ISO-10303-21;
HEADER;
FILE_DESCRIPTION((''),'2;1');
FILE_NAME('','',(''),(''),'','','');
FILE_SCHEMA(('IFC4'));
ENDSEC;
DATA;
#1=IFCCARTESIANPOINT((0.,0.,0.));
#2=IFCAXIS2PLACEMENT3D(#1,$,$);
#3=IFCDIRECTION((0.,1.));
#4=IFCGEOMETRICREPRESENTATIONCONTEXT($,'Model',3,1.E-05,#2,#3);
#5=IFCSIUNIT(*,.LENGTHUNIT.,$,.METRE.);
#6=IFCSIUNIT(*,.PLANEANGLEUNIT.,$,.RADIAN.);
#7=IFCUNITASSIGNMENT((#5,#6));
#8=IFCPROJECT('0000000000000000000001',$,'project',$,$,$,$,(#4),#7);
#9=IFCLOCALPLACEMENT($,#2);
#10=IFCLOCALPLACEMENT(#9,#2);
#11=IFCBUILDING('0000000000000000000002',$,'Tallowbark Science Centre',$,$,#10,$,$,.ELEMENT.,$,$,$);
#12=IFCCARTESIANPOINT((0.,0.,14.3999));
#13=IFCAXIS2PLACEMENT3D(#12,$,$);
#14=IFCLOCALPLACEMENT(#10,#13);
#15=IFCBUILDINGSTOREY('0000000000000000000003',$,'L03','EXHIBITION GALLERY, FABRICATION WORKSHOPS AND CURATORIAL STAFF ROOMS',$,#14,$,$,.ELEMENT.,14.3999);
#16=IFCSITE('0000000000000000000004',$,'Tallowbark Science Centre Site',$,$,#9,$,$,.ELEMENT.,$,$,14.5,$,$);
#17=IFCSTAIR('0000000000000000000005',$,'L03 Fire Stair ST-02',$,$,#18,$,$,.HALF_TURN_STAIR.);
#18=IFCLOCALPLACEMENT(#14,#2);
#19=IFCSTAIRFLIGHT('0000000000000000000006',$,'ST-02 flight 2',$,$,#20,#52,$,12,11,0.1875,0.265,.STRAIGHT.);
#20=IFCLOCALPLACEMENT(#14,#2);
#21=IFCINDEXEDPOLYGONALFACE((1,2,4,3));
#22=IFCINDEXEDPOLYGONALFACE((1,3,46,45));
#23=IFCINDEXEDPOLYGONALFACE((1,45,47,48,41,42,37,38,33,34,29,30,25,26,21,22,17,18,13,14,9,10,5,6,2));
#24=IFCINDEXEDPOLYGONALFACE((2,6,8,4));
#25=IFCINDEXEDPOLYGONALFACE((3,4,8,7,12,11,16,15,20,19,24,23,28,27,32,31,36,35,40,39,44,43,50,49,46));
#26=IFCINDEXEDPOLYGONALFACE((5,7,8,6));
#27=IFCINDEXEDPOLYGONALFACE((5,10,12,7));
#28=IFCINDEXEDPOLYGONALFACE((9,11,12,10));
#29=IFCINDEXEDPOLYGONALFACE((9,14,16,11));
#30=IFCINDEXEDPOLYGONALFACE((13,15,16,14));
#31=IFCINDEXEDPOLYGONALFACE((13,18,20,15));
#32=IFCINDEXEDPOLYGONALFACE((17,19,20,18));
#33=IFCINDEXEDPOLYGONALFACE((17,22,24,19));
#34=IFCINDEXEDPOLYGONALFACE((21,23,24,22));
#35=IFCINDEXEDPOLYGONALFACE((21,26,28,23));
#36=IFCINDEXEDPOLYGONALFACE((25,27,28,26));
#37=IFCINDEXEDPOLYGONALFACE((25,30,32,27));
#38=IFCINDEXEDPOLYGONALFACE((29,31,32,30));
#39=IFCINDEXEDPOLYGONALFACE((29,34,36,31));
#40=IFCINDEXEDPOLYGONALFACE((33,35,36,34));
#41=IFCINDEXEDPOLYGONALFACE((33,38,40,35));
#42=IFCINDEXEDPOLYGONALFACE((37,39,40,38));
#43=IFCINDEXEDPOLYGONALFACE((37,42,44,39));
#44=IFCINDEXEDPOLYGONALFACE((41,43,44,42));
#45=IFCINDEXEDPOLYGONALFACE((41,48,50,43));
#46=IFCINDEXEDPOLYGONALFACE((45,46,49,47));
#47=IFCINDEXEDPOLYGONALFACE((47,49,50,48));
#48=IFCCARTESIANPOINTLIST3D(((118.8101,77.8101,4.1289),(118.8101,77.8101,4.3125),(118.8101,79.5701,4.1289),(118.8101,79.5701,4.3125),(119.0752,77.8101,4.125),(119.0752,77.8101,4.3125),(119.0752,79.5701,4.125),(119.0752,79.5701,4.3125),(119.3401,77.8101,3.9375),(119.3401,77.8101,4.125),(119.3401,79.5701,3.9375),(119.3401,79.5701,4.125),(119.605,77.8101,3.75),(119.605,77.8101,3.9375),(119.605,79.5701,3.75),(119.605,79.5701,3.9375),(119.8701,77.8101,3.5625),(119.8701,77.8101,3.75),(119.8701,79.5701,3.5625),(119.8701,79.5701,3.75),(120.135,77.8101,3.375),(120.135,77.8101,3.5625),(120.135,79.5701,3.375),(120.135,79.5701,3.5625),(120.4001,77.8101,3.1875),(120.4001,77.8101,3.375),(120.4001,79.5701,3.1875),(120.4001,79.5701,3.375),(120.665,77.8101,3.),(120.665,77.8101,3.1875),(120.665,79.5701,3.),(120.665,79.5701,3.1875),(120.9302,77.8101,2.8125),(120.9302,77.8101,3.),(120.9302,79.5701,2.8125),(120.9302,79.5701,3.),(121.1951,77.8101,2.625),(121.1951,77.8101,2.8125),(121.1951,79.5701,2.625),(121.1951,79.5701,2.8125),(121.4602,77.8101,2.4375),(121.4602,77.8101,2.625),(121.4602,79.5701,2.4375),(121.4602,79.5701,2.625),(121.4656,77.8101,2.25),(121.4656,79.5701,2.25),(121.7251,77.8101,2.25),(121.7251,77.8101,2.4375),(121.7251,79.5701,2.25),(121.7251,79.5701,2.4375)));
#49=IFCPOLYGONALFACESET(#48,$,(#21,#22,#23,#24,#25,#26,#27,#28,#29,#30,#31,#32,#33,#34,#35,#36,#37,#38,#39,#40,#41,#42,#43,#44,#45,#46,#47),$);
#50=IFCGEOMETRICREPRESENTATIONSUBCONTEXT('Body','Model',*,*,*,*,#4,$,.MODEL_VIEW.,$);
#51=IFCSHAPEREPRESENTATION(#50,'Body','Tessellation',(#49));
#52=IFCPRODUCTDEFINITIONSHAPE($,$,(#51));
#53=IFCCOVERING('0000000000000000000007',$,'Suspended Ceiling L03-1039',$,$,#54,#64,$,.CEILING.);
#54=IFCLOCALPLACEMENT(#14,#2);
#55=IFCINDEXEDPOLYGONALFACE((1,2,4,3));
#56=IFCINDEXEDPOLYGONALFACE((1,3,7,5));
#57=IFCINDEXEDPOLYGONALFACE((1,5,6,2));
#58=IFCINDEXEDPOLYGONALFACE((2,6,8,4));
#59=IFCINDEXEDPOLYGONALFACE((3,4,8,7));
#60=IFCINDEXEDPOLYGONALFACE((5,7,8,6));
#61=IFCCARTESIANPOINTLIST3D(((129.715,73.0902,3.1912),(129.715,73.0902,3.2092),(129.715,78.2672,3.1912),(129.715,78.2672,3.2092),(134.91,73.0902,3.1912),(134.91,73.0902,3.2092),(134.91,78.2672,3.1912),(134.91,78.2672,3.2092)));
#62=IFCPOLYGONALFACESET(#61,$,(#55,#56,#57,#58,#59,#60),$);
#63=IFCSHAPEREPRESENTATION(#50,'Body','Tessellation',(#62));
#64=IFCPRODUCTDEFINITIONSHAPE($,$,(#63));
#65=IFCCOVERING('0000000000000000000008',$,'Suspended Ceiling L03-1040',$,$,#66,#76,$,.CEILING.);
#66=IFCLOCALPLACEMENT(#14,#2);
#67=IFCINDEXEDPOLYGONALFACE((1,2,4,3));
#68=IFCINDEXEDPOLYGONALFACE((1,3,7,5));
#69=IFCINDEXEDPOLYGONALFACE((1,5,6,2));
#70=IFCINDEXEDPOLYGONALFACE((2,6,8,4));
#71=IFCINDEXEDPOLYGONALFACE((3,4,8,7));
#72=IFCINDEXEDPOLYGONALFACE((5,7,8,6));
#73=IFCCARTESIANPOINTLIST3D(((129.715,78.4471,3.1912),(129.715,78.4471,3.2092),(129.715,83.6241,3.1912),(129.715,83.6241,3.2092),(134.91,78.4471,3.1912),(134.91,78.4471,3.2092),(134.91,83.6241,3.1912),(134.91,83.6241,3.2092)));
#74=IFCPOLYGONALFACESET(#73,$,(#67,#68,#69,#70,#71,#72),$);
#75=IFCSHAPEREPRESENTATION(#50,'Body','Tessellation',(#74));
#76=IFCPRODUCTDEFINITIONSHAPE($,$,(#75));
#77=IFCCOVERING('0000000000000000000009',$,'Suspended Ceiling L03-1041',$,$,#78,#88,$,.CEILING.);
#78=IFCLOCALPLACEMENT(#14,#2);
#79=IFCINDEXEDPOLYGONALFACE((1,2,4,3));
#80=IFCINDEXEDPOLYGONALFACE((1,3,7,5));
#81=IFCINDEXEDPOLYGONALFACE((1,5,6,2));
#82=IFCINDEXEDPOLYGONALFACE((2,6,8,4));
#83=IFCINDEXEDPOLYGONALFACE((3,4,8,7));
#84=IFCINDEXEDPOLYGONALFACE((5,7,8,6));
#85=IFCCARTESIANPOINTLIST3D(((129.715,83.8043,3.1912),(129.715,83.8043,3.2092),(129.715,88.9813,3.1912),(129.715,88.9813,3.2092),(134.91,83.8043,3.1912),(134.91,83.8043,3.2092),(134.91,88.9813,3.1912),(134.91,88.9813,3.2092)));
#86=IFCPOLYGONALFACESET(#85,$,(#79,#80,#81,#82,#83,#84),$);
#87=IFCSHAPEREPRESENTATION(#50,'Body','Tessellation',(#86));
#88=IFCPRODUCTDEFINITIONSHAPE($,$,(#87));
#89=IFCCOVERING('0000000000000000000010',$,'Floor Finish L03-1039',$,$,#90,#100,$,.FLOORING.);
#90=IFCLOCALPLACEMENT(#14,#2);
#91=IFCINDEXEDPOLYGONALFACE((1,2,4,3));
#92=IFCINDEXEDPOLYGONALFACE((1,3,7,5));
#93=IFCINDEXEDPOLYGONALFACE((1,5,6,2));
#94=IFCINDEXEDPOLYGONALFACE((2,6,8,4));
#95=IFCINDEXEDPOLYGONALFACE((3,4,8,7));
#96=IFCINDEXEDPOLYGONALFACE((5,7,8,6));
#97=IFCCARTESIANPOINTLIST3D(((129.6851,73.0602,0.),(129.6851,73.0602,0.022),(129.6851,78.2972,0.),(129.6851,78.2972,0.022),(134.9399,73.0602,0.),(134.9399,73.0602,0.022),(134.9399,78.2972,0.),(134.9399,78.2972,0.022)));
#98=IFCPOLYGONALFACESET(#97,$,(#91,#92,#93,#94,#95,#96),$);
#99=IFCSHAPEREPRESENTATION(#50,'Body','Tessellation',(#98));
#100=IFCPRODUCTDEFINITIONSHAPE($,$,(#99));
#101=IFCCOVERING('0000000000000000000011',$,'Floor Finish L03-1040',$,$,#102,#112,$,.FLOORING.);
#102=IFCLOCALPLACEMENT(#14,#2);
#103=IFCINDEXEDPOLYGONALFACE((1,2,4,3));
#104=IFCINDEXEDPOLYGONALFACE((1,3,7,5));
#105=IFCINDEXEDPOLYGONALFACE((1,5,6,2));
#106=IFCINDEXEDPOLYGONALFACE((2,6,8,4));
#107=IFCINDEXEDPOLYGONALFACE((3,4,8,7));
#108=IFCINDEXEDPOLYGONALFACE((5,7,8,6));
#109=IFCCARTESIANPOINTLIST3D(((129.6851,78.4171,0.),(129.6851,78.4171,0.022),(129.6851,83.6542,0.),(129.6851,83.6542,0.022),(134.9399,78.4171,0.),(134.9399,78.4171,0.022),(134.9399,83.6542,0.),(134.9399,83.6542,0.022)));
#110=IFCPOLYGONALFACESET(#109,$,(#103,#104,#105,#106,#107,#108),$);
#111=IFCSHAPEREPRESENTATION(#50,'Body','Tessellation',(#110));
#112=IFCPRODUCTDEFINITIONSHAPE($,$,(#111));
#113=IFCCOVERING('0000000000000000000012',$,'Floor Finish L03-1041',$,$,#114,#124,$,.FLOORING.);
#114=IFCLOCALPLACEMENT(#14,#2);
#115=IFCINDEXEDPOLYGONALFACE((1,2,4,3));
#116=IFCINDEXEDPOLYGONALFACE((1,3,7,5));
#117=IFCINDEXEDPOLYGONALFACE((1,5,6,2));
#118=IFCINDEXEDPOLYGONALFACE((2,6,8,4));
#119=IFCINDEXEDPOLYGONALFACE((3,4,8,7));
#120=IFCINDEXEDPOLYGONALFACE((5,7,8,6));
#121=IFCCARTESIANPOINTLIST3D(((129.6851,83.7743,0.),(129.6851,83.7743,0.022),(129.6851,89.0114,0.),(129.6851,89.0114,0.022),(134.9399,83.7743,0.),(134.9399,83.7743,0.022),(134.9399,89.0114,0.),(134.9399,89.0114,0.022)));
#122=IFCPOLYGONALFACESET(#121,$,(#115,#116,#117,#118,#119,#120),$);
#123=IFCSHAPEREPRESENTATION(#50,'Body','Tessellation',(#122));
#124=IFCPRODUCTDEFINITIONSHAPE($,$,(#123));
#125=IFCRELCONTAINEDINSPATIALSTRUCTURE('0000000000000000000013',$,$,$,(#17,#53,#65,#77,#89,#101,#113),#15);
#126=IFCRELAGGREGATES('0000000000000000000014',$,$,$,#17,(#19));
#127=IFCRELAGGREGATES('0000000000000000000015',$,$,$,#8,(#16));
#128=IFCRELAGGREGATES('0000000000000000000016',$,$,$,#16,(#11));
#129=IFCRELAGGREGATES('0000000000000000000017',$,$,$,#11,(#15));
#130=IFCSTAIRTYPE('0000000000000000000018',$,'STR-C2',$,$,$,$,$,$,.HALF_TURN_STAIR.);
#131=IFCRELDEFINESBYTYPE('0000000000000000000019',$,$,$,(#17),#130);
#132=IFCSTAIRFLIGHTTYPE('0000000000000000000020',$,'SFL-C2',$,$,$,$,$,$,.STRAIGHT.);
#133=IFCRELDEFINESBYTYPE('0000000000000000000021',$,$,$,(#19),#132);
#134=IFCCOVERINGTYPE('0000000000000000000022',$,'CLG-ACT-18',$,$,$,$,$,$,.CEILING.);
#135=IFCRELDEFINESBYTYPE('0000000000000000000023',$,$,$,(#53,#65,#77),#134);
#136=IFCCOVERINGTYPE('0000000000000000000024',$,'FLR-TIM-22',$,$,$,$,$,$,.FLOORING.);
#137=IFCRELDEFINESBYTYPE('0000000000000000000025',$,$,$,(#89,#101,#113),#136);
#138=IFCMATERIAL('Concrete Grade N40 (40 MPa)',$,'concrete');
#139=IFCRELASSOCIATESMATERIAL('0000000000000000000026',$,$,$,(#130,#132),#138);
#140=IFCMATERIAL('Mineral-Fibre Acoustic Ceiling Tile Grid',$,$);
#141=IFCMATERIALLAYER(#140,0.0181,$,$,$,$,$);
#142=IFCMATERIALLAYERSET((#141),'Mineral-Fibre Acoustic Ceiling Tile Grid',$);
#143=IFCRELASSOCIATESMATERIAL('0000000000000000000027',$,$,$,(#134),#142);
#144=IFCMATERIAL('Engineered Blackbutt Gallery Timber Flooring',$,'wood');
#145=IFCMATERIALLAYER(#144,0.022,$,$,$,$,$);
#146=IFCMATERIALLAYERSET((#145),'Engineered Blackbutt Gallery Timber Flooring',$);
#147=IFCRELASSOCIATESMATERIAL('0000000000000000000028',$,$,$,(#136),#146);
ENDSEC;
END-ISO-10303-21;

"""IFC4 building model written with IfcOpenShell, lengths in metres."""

from ifc_helpers import new_model, si_unit, direction, frame, origin, origin_2d, place, context, subcontext, project, spatial, polyline, rectangle, outline, extrude, material, layer, layer_set, type_object, element, aggregate, save


model = new_model("IFC4")

# Units and contexts
model_context = context("Model", 3, precision=1e-05, world=origin(), true_north=direction((0.0, 1.0)))
body_context = subcontext(model_context, "Body", "Model", "MODEL_VIEW")
ifc_project = project(units=[si_unit("LENGTHUNIT", "METRE"), si_unit("PLANEANGLEUNIT", "RADIAN")], contexts=[model_context])

# Site, building, storey
site_placement = place(None, origin())
site = spatial("IfcSite", under=ifc_project, at=site_placement, Name="Tallowbark Science Centre Site", CompositionType="ELEMENT", RefElevation=14.5)
building_placement = place(site_placement, origin())
building = spatial("IfcBuilding", under=site, at=building_placement, Name="Tallowbark Science Centre", CompositionType="ELEMENT")
storey_placement = place(building_placement, frame((0.0, 0.0, 14.3999)))
storey = spatial("IfcBuildingStorey", under=building, at=storey_placement, Name="L03", Description="EXHIBITION GALLERY, FABRICATION WORKSHOPS AND CURATORIAL STAFF ROOMS", CompositionType="ELEMENT", Elevation=14.3999)

# Shared definitions
ifc_material_1 = material(Name="Concrete Grade N40 (40 MPa)", Category="concrete")

# Stair, stair flight
stair_type = type_object("IfcStairType", Name="STR-C2", PredefinedType="HALF_TURN_STAIR", material=ifc_material_1)
stair_placement = place(storey_placement, origin())
stair = element("IfcStair", 1, at=stair_placement, inside=storey, type_object=stair_type, Name="L03 Fire Stair ST-02", PredefinedType="HALF_TURN_STAIR")
stair_flight_type = type_object("IfcStairFlightType", Name="SFL-C2", PredefinedType="STRAIGHT", material=ifc_material_1)
stair_flight_placement = place(storey_placement, frame((121.7251, 78.6899, 2.25), z_axis=(0.0, 0.0, 1.0), x_axis=(-1.0, 0.0, 0.0)))
stair_flight = element("IfcStairFlight", 2, at=stair_flight_placement, type_object=stair_flight_type, Name="ST-02 flight 2", NumberOfRisers=12, NumberOfTreads=11, PredefinedType="STRAIGHT", RiserHeight=0.1875, TreadLength=0.265, context=body_context, shape_type="SweptSolid", body=[
    extrude(outline(polyline([(0.0, 0.0), (0.0, 0.1875), (0.2649, 0.1875), (0.2649, 0.375), (0.53, 0.375), (0.53, 0.5625), (0.7949, 0.5625), (0.7949, 0.75), (1.0601, 0.75), (1.0601, 0.9375), (1.325, 0.9375), (1.325, 1.125), (1.5901, 1.125), (1.5901, 1.3125), (1.855, 1.3125), (1.855, 1.5), (2.1201, 1.5), (2.1201, 1.6875), (2.385, 1.6875), (2.385, 1.875), (2.6499, 1.875), (2.6499, 2.0625), (2.915, 2.0625), (2.915, 2.25), (2.915, 1.8789), (0.2595, 0.0), (0.0, 0.0)])), frame((0.0, 0.8799, 0.0), z_axis=(0.0, -1.0, 0.0), x_axis=(1.0, 0.0, 0.0)), (0.0, 0.0, 1.0), 1.76),
])
aggregate(stair, [stair_flight])

# Coverings
ifc_material_2 = material(Name="Mineral-Fibre Acoustic Ceiling Tile Grid")
ifc_layer_1 = layer(ifc_material_2, 0.0181)
ifc_layer_set_1 = layer_set([ifc_layer_1], Name="Mineral-Fibre Acoustic Ceiling Tile Grid")
covering_type_1 = type_object("IfcCoveringType", Name="CLG-ACT-18", PredefinedType="CEILING", material=ifc_layer_set_1)
for number, where, z_axis, x_axis, name in (
    (3, (132.3125, 75.6787, 3.1912), (0.0, 0.0, 1.0), (1.0, 0.0, 0.0), "Suspended Ceiling L03-1039"),
    (4, (132.3125, 81.0356, 3.1912), (0.0, 0.0, 1.0), (1.0, 0.0, 0.0), "Suspended Ceiling L03-1040"),
    (5, (132.3125, 86.3928, 3.1912), (0.0, 0.0, 1.0), (1.0, 0.0, 0.0), "Suspended Ceiling L03-1041"),
):
    element("IfcCovering", number, at=place(storey_placement, frame(where, z_axis=z_axis, x_axis=x_axis)), inside=storey, type_object=covering_type_1, Name=name, PredefinedType="CEILING", context=body_context, shape_type="SweptSolid", body=[
        extrude(rectangle(XDim=5.1951, YDim=5.177, at=origin_2d()), origin(), (0.0, 0.0, 1.0), 0.0181),
    ])
ifc_material_3 = material(Name="Engineered Blackbutt Gallery Timber Flooring", Category="wood")
ifc_layer_2 = layer(ifc_material_3, 0.022)
ifc_layer_set_2 = layer_set([ifc_layer_2], Name="Engineered Blackbutt Gallery Timber Flooring")
covering_type_2 = type_object("IfcCoveringType", Name="FLR-TIM-22", PredefinedType="FLOORING", material=ifc_layer_set_2)
for number, where, z_axis, x_axis, name in (
    (6, (132.3125, 75.6787, 0.0), (0.0, 0.0, 1.0), (1.0, 0.0, 0.0), "Floor Finish L03-1039"),
    (7, (132.3125, 81.0356, 0.0), (0.0, 0.0, 1.0), (1.0, 0.0, 0.0), "Floor Finish L03-1040"),
    (8, (132.3125, 86.3928, 0.0), (0.0, 0.0, 1.0), (1.0, 0.0, 0.0), "Floor Finish L03-1041"),
):
    element("IfcCovering", number, at=place(storey_placement, frame(where, z_axis=z_axis, x_axis=x_axis)), inside=storey, type_object=covering_type_2, Name=name, PredefinedType="FLOORING", context=body_context, shape_type="SweptSolid", body=[
        extrude(rectangle(XDim=5.2549, YDim=5.2371, at=origin_2d()), origin(), (0.0, 0.0, 1.0), 0.022),
    ])

save(model, "model.ifc")
